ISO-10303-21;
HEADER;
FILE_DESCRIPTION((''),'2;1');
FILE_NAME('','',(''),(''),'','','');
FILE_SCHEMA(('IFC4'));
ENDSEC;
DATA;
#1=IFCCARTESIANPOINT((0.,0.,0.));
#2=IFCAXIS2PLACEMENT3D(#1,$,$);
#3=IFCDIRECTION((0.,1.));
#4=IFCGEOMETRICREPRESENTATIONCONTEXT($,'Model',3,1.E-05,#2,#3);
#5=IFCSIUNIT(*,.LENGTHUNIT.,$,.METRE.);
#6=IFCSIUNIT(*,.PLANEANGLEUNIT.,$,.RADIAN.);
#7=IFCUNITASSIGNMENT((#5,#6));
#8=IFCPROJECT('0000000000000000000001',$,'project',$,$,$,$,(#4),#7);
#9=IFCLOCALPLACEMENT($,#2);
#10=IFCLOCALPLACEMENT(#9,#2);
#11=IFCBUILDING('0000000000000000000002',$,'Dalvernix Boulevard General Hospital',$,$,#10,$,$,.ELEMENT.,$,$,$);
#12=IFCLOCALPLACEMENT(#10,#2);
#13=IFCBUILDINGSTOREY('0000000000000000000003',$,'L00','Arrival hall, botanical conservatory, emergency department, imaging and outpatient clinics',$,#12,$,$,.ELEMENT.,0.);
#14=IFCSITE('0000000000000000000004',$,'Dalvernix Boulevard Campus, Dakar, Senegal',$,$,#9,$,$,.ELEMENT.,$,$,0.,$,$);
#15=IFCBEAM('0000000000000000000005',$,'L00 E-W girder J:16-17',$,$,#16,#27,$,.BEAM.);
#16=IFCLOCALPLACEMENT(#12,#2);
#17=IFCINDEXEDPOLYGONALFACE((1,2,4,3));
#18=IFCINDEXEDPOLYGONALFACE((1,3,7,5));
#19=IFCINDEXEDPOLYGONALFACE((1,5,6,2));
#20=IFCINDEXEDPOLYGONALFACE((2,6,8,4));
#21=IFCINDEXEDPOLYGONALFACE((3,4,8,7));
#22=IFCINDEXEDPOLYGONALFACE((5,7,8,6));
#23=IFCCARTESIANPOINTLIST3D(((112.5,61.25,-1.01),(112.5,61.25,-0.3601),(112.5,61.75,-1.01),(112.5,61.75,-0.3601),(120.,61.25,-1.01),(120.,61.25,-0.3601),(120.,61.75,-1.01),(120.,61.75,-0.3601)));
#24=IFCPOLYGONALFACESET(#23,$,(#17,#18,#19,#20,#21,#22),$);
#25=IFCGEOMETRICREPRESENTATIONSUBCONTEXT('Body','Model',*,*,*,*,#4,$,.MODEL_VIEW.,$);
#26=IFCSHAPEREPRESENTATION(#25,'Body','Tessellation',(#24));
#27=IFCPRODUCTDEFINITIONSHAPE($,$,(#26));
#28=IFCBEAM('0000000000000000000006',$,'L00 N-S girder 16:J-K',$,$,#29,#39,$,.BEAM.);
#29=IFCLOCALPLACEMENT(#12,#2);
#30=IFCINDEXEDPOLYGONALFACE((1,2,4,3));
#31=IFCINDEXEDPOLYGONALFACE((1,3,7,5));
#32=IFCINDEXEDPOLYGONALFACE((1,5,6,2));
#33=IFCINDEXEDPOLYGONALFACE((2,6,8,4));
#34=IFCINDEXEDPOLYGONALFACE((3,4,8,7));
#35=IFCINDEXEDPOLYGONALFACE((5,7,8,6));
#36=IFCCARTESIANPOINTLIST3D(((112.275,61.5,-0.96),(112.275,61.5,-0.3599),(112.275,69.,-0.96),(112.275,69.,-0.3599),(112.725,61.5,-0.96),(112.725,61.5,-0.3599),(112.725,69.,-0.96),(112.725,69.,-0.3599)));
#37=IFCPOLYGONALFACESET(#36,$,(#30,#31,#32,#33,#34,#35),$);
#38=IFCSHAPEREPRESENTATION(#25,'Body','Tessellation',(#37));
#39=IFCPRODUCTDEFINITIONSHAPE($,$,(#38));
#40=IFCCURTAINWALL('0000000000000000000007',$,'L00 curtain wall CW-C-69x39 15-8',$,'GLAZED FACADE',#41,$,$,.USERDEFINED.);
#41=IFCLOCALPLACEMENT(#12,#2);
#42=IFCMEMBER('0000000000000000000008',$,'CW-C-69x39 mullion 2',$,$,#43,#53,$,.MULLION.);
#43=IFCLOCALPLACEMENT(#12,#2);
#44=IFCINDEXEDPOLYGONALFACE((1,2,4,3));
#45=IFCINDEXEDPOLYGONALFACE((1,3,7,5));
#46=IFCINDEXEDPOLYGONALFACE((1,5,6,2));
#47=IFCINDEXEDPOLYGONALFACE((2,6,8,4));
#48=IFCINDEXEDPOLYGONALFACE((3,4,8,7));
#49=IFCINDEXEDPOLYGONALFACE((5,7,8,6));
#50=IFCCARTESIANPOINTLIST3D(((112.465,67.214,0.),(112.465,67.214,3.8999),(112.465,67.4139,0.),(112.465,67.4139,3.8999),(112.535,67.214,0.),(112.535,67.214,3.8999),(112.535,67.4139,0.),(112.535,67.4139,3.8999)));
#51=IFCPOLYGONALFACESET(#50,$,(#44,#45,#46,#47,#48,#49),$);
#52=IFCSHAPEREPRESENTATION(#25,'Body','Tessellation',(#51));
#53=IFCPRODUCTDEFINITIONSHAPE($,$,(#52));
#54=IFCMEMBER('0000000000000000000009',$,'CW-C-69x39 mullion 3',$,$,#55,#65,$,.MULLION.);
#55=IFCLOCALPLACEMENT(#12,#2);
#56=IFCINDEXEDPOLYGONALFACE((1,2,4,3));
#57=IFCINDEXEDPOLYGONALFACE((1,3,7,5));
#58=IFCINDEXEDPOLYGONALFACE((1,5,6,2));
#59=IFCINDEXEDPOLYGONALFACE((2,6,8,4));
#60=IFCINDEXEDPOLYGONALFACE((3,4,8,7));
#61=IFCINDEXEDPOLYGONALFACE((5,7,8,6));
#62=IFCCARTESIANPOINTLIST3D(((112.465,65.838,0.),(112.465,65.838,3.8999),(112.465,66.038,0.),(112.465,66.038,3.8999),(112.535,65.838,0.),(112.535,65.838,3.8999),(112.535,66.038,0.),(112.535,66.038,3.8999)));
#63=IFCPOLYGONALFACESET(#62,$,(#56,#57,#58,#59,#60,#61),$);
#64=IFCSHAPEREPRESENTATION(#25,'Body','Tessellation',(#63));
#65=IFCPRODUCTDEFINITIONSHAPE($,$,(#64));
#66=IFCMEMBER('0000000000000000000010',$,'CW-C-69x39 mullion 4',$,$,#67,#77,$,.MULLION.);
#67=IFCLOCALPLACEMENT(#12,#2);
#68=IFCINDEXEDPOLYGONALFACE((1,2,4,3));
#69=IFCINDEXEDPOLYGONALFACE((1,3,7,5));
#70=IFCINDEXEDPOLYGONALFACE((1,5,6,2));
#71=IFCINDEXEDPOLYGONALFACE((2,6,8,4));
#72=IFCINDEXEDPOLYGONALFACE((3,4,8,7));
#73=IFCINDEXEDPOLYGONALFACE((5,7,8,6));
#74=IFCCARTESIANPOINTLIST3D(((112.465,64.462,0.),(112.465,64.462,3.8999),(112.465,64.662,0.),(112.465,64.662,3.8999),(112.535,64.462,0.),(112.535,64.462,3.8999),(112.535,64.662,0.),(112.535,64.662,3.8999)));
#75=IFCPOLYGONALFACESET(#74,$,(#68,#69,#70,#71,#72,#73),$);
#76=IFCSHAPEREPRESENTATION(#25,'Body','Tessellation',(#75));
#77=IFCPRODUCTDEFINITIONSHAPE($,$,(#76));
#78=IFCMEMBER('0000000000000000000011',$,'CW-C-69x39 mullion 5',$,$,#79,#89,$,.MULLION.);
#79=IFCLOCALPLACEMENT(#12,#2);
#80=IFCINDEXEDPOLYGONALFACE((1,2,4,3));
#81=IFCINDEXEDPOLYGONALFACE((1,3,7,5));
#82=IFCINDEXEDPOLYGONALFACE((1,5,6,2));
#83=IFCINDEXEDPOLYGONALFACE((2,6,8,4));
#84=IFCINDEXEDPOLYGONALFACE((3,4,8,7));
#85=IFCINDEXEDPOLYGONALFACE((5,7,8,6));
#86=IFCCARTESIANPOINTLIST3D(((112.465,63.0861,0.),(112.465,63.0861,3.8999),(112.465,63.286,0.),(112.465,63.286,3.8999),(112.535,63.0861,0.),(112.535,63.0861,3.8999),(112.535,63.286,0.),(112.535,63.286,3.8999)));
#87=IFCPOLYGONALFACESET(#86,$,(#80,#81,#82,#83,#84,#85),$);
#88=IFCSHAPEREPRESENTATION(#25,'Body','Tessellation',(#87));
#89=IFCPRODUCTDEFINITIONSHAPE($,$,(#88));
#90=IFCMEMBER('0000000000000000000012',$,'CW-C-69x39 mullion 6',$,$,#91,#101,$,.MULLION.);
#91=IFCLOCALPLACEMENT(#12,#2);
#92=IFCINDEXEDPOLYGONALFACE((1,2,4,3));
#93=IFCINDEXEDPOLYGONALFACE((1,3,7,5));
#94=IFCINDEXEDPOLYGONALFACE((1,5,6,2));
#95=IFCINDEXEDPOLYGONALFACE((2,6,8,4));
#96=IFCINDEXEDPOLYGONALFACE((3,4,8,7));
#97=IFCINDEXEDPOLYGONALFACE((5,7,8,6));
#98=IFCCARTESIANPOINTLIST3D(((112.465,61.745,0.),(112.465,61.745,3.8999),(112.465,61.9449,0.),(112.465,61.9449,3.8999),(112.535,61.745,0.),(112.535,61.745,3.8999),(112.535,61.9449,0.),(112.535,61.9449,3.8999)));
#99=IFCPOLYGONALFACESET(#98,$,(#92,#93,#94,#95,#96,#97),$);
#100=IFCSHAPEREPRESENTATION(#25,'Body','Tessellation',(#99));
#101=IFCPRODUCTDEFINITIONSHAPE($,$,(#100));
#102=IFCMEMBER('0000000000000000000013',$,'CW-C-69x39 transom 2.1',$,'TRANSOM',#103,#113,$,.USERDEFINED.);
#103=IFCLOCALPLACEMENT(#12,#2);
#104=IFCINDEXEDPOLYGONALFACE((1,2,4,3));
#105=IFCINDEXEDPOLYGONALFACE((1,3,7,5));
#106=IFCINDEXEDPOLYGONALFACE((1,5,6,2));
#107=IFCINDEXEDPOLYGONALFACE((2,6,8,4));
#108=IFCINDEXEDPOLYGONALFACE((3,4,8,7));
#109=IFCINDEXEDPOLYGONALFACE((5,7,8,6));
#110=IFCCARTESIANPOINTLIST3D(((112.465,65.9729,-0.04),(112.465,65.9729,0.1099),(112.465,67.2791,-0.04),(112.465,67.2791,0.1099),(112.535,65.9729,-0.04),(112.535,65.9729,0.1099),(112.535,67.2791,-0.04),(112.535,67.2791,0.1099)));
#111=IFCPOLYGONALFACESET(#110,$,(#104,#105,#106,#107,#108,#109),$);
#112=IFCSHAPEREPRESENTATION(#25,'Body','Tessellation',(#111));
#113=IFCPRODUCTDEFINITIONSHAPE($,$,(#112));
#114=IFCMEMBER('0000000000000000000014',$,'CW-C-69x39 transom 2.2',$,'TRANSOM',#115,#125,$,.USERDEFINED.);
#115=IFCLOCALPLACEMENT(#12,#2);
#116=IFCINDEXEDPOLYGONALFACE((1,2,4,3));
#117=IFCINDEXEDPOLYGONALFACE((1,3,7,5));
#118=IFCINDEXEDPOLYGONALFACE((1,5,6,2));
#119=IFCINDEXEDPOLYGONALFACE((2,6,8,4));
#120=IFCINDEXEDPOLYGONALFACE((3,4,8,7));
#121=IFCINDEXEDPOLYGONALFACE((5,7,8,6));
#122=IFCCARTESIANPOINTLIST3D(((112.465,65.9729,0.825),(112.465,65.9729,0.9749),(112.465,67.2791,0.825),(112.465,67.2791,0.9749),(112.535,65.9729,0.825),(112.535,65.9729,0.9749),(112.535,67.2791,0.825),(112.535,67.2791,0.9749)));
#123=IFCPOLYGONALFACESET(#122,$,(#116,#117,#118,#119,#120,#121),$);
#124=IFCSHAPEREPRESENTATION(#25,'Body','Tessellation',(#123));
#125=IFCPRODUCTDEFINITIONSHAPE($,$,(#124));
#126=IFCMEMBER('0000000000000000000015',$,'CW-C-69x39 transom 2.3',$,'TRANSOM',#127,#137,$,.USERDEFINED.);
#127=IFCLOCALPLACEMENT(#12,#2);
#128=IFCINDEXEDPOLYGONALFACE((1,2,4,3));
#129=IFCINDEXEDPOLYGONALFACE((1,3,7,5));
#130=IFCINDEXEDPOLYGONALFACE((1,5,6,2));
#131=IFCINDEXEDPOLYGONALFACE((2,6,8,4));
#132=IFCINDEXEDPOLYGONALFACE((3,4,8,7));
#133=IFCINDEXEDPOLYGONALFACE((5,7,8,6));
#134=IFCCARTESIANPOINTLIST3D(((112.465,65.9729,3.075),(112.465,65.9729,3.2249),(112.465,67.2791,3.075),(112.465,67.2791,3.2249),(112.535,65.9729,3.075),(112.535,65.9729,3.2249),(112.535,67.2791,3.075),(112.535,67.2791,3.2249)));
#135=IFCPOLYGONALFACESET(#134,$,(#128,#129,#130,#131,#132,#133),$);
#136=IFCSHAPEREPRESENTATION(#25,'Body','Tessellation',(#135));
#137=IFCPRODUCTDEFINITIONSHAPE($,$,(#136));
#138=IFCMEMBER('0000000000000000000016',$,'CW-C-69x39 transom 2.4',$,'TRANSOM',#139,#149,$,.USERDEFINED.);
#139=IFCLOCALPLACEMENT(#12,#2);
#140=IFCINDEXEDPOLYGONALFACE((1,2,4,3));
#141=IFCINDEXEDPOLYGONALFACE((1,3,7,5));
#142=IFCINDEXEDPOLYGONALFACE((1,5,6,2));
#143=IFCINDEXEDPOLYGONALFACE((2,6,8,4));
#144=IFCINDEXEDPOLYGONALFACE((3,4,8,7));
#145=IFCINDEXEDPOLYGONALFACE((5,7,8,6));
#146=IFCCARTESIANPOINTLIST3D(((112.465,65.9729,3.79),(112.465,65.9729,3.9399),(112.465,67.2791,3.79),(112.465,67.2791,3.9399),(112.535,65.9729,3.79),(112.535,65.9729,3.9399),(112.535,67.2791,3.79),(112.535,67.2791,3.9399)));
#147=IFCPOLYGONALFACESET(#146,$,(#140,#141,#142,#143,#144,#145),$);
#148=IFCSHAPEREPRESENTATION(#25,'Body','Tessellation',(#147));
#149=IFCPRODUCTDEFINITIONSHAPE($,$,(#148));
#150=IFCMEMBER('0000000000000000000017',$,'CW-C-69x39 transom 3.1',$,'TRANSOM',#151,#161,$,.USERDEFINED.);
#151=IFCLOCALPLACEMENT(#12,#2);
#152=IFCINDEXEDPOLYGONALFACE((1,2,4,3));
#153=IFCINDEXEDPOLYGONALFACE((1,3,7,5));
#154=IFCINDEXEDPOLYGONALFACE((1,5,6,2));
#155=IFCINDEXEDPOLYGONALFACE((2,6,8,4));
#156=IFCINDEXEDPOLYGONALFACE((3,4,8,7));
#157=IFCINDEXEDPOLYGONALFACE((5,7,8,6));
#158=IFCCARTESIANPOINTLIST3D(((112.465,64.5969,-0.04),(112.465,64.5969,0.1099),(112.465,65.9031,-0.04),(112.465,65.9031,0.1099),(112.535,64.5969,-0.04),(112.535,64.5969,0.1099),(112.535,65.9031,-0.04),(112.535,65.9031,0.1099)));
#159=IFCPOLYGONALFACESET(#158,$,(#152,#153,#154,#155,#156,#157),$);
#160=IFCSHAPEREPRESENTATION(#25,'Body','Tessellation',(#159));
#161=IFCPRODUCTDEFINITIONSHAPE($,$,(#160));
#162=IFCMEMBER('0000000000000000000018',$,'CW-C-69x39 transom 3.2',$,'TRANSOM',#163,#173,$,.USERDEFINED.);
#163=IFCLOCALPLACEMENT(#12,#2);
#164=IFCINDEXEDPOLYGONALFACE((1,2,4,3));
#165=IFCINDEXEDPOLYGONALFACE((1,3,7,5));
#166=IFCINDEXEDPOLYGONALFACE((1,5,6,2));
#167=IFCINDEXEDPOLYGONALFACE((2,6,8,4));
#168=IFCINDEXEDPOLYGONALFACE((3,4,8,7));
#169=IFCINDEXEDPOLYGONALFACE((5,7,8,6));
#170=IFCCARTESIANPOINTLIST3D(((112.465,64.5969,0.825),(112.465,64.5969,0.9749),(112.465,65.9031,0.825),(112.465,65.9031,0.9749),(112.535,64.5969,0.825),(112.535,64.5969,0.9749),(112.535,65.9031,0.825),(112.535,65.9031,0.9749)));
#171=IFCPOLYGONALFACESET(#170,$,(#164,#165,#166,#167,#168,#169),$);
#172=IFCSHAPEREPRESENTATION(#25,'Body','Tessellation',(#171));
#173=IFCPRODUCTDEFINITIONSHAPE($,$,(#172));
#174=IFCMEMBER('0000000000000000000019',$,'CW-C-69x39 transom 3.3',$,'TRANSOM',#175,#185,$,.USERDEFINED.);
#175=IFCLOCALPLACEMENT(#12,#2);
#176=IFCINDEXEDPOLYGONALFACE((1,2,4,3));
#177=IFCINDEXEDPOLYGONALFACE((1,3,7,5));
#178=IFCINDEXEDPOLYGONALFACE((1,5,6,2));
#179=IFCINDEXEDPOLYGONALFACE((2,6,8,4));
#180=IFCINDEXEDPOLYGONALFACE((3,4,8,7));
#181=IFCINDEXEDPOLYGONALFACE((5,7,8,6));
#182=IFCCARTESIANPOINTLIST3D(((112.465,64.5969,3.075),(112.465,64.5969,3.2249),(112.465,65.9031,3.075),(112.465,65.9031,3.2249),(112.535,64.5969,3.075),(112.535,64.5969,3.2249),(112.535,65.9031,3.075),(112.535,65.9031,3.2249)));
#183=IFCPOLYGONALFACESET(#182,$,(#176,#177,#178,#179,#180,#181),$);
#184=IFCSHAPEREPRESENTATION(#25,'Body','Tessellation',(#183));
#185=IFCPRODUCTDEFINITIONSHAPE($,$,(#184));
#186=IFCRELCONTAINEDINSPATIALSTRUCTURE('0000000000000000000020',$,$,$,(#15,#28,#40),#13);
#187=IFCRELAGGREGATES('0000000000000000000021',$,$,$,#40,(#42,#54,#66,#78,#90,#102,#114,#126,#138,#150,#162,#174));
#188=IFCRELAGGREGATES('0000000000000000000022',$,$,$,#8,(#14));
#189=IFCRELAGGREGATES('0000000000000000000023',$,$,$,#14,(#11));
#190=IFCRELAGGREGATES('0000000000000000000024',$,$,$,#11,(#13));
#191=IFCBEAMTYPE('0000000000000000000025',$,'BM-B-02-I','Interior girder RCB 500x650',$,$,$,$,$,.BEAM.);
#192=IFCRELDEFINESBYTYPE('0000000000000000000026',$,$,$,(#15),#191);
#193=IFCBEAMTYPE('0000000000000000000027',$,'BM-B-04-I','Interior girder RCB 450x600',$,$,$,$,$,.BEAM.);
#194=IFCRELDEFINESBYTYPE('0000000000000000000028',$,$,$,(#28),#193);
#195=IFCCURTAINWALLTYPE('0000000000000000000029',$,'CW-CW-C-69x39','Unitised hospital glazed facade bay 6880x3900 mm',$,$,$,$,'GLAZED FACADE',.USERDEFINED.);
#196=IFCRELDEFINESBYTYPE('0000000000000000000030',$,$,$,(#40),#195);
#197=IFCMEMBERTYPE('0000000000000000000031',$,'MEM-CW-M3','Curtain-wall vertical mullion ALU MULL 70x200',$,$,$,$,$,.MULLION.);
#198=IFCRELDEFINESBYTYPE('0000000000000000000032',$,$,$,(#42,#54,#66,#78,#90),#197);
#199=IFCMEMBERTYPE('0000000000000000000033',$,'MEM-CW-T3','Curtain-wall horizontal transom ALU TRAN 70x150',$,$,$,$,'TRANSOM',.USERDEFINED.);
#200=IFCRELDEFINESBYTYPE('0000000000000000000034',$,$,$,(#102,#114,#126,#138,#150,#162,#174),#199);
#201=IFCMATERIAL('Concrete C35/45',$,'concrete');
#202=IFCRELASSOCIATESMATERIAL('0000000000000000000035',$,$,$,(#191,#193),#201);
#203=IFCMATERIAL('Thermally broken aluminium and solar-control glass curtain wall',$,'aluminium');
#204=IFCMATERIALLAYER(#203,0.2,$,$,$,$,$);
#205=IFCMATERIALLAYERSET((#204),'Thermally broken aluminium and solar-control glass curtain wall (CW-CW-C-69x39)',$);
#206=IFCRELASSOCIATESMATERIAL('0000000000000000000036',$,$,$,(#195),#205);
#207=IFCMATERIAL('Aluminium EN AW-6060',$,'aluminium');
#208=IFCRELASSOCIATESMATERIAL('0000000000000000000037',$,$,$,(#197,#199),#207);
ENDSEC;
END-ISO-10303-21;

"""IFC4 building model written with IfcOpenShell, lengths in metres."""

from ifc_helpers import new_model, si_unit, direction, frame, origin, origin_2d, place, context, subcontext, project, spatial, rectangle, extrude, material, layer, layer_set, material_profile, profile_set, type_object, element, aggregate, save


model = new_model("IFC4")

# Units and contexts
model_context = context("Model", 3, precision=1e-05, world=origin(), true_north=direction((0.0, 1.0)))
body_context = subcontext(model_context, "Body", "Model", "MODEL_VIEW")
ifc_project = project(units=[si_unit("LENGTHUNIT", "METRE"), si_unit("PLANEANGLEUNIT", "RADIAN")], contexts=[model_context])

# Site, building, storey
site_placement = place(None, origin())
site = spatial("IfcSite", under=ifc_project, at=site_placement, Name="Dalvernix Boulevard Campus, Dakar, Senegal", CompositionType="ELEMENT", RefElevation=0.0)
building_placement = place(site_placement, origin())
building = spatial("IfcBuilding", under=site, at=building_placement, Name="Dalvernix Boulevard General Hospital", CompositionType="ELEMENT")
storey_placement = place(building_placement, origin())
storey = spatial("IfcBuildingStorey", under=building, at=storey_placement, Name="L00", Description="Arrival hall, botanical conservatory, emergency department, imaging and outpatient clinics", CompositionType="ELEMENT", Elevation=0.0)

# Beams
ifc_material_1 = material(Name="Concrete C35/45", Category="concrete")
ifc_material_profile_1 = material_profile(ifc_material_1, rectangle(XDim=0.5, YDim=0.6499, at=origin_2d()), Name="RCB 500x650")
ifc_profile_set_1 = profile_set([ifc_material_profile_1], Name="Concrete C35/45")
beam_type_1 = type_object("IfcBeamType", Name="BM-B-02-I", Description="Interior girder RCB 500x650", PredefinedType="BEAM", material=ifc_profile_set_1)
beam_1_placement = place(storey_placement, frame((112.5, 61.5, -0.6851), z_axis=(1.0, 0.0, 0.0), x_axis=(0.0, 1.0, 0.0)))
element("IfcBeam", 1, at=beam_1_placement, inside=storey, type_object=beam_type_1, Name="L00 E-W girder J:16-17", PredefinedType="BEAM", context=body_context, shape_type="SweptSolid", body=[
    extrude(rectangle(XDim=0.5, YDim=0.6499, at=origin_2d()), origin(), (0.0, 0.0, 1.0), 7.5),
])
ifc_material_profile_2 = material_profile(ifc_material_1, rectangle(XDim=0.45, YDim=0.6001, at=origin_2d()), Name="RCB 450x600")
ifc_profile_set_2 = profile_set([ifc_material_profile_2], Name="Concrete C35/45")
beam_type_2 = type_object("IfcBeamType", Name="BM-B-04-I", Description="Interior girder RCB 450x600", PredefinedType="BEAM", material=ifc_profile_set_2)
beam_2_placement = place(storey_placement, frame((112.5, 61.5, -0.6599), z_axis=(0.0, 1.0, 0.0), x_axis=(-1.0, 0.0, 0.0)))
element("IfcBeam", 2, at=beam_2_placement, inside=storey, type_object=beam_type_2, Name="L00 N-S girder 16:J-K", PredefinedType="BEAM", context=body_context, shape_type="SweptSolid", body=[
    extrude(rectangle(XDim=0.45, YDim=0.6001, at=origin_2d()), origin(), (0.0, 0.0, 1.0), 7.5),
])

# Curtain wall, members
ifc_material_2 = material(Name="Thermally broken aluminium and solar-control glass curtain wall", Category="aluminium")
ifc_layer_1 = layer(ifc_material_2, 0.2)
ifc_layer_set_1 = layer_set([ifc_layer_1], Name="Thermally broken aluminium and solar-control glass curtain wall (CW-CW-C-69x39)")
curtain_wall_type = type_object("IfcCurtainWallType", Name="CW-CW-C-69x39", Description="Unitised hospital glazed facade bay 6880x3900 mm", ElementType="GLAZED FACADE", PredefinedType="USERDEFINED", material=ifc_layer_set_1)
curtain_wall_placement = place(storey_placement, origin())
curtain_wall = element("IfcCurtainWall", 3, at=curtain_wall_placement, inside=storey, type_object=curtain_wall_type, Name="L00 curtain wall CW-C-69x39 15-8", ObjectType="GLAZED FACADE", PredefinedType="USERDEFINED")
ifc_material_3 = material(Name="Aluminium EN AW-6060", Category="aluminium")
ifc_material_profile_3 = material_profile(ifc_material_3, rectangle(XDim=0.0701, YDim=0.2, at=origin_2d()), Name="ALU MULL 70x200")
ifc_profile_set_3 = profile_set([ifc_material_profile_3], Name="Aluminium EN AW-6060")
member_type_1 = type_object("IfcMemberType", Name="MEM-CW-M3", Description="Curtain-wall vertical mullion ALU MULL 70x200", PredefinedType="MULLION", material=ifc_profile_set_3)
member_1_placement = place(storey_placement, frame((112.5, 67.314, 0.0), z_axis=(0.0, 0.0, 1.0), x_axis=(1.0, 0.0, 0.0)))
member_1 = element("IfcMember", 4, at=member_1_placement, type_object=member_type_1, Name="CW-C-69x39 mullion 2", PredefinedType="MULLION", context=body_context, shape_type="SweptSolid", body=[
    extrude(rectangle(XDim=0.0701, YDim=0.2, at=origin_2d()), origin(), (0.0, 0.0, 1.0), 3.8999),
])
member_2_placement = place(storey_placement, frame((112.5, 65.938, 0.0), z_axis=(0.0, 0.0, 1.0), x_axis=(1.0, 0.0, 0.0)))
member_2 = element("IfcMember", 5, at=member_2_placement, type_object=member_type_1, Name="CW-C-69x39 mullion 3", PredefinedType="MULLION", context=body_context, shape_type="SweptSolid", body=[
    extrude(rectangle(XDim=0.0701, YDim=0.2, at=origin_2d()), origin(), (0.0, 0.0, 1.0), 3.8999),
])
member_3_placement = place(storey_placement, frame((112.5, 64.562, 0.0), z_axis=(0.0, 0.0, 1.0), x_axis=(1.0, 0.0, 0.0)))
member_3 = element("IfcMember", 6, at=member_3_placement, type_object=member_type_1, Name="CW-C-69x39 mullion 4", PredefinedType="MULLION", context=body_context, shape_type="SweptSolid", body=[
    extrude(rectangle(XDim=0.0701, YDim=0.2, at=origin_2d()), origin(), (0.0, 0.0, 1.0), 3.8999),
])
member_4_placement = place(storey_placement, frame((112.5, 63.186, 0.0), z_axis=(0.0, 0.0, 1.0), x_axis=(1.0, 0.0, 0.0)))
member_4 = element("IfcMember", 7, at=member_4_placement, type_object=member_type_1, Name="CW-C-69x39 mullion 5", PredefinedType="MULLION", context=body_context, shape_type="SweptSolid", body=[
    extrude(rectangle(XDim=0.0701, YDim=0.2, at=origin_2d()), origin(), (0.0, 0.0, 1.0), 3.8999),
])
member_5_placement = place(storey_placement, frame((112.5, 61.845, 0.0), z_axis=(0.0, 0.0, 1.0), x_axis=(1.0, 0.0, 0.0)))
member_5 = element("IfcMember", 8, at=member_5_placement, type_object=member_type_1, Name="CW-C-69x39 mullion 6", PredefinedType="MULLION", context=body_context, shape_type="SweptSolid", body=[
    extrude(rectangle(XDim=0.0701, YDim=0.2, at=origin_2d()), origin(), (0.0, 0.0, 1.0), 3.8999),
])
ifc_material_profile_4 = material_profile(ifc_material_3, rectangle(XDim=0.0701, YDim=0.1499, at=origin_2d()), Name="ALU TRAN 70x150")
ifc_profile_set_4 = profile_set([ifc_material_profile_4], Name="Aluminium EN AW-6060")
member_type_2 = type_object("IfcMemberType", Name="MEM-CW-T3", Description="Curtain-wall horizontal transom ALU TRAN 70x150", ElementType="TRANSOM", PredefinedType="USERDEFINED", material=ifc_profile_set_4)
member_6_placement = place(storey_placement, frame((112.5, 67.2791, 0.0349), z_axis=(0.0, -1.0, 0.0), x_axis=(1.0, 0.0, 0.0)))
member_6 = element("IfcMember", 9, at=member_6_placement, type_object=member_type_2, Name="CW-C-69x39 transom 2.1", ObjectType="TRANSOM", PredefinedType="USERDEFINED", context=body_context, shape_type="SweptSolid", body=[
    extrude(rectangle(XDim=0.0701, YDim=0.1499, at=origin_2d()), origin(), (0.0, 0.0, 1.0), 1.3062),
])
member_7_placement = place(storey_placement, frame((112.5, 67.2791, 0.8999), z_axis=(0.0, -1.0, 0.0), x_axis=(1.0, 0.0, 0.0)))
member_7 = element("IfcMember", 10, at=member_7_placement, type_object=member_type_2, Name="CW-C-69x39 transom 2.2", ObjectType="TRANSOM", PredefinedType="USERDEFINED", context=body_context, shape_type="SweptSolid", body=[
    extrude(rectangle(XDim=0.0701, YDim=0.1499, at=origin_2d()), origin(), (0.0, 0.0, 1.0), 1.3062),
])
member_8_placement = place(storey_placement, frame((112.5, 67.2791, 3.1499), z_axis=(0.0, -1.0, 0.0), x_axis=(1.0, 0.0, 0.0)))
member_8 = element("IfcMember", 11, at=member_8_placement, type_object=member_type_2, Name="CW-C-69x39 transom 2.3", ObjectType="TRANSOM", PredefinedType="USERDEFINED", context=body_context, shape_type="SweptSolid", body=[
    extrude(rectangle(XDim=0.0701, YDim=0.1499, at=origin_2d()), origin(), (0.0, 0.0, 1.0), 1.3062),
])
member_9_placement = place(storey_placement, frame((112.5, 67.2791, 3.865), z_axis=(0.0, -1.0, 0.0), x_axis=(1.0, 0.0, 0.0)))
member_9 = element("IfcMember", 12, at=member_9_placement, type_object=member_type_2, Name="CW-C-69x39 transom 2.4", ObjectType="TRANSOM", PredefinedType="USERDEFINED", context=body_context, shape_type="SweptSolid", body=[
    extrude(rectangle(XDim=0.0701, YDim=0.1499, at=origin_2d()), origin(), (0.0, 0.0, 1.0), 1.3062),
])
member_10_placement = place(storey_placement, frame((112.5, 65.9031, 0.0349), z_axis=(0.0, -1.0, 0.0), x_axis=(1.0, 0.0, 0.0)))
member_10 = element("IfcMember", 13, at=member_10_placement, type_object=member_type_2, Name="CW-C-69x39 transom 3.1", ObjectType="TRANSOM", PredefinedType="USERDEFINED", context=body_context, shape_type="SweptSolid", body=[
    extrude(rectangle(XDim=0.0701, YDim=0.1499, at=origin_2d()), origin(), (0.0, 0.0, 1.0), 1.3062),
])
member_11_placement = place(storey_placement, frame((112.5, 65.9031, 0.8999), z_axis=(0.0, -1.0, 0.0), x_axis=(1.0, 0.0, 0.0)))
member_11 = element("IfcMember", 14, at=member_11_placement, type_object=member_type_2, Name="CW-C-69x39 transom 3.2", ObjectType="TRANSOM", PredefinedType="USERDEFINED", context=body_context, shape_type="SweptSolid", body=[
    extrude(rectangle(XDim=0.0701, YDim=0.1499, at=origin_2d()), origin(), (0.0, 0.0, 1.0), 1.3062),
])
member_12_placement = place(storey_placement, frame((112.5, 65.9031, 3.1499), z_axis=(0.0, -1.0, 0.0), x_axis=(1.0, 0.0, 0.0)))
member_12 = element("IfcMember", 15, at=member_12_placement, type_object=member_type_2, Name="CW-C-69x39 transom 3.3", ObjectType="TRANSOM", PredefinedType="USERDEFINED", context=body_context, shape_type="SweptSolid", body=[
    extrude(rectangle(XDim=0.0701, YDim=0.1499, at=origin_2d()), origin(), (0.0, 0.0, 1.0), 1.3062),
])
aggregate(curtain_wall, [member_1, member_2, member_3, member_4, member_5, member_6, member_7, member_8, member_9, member_10, member_11, member_12])

save(model, "model.ifc")
